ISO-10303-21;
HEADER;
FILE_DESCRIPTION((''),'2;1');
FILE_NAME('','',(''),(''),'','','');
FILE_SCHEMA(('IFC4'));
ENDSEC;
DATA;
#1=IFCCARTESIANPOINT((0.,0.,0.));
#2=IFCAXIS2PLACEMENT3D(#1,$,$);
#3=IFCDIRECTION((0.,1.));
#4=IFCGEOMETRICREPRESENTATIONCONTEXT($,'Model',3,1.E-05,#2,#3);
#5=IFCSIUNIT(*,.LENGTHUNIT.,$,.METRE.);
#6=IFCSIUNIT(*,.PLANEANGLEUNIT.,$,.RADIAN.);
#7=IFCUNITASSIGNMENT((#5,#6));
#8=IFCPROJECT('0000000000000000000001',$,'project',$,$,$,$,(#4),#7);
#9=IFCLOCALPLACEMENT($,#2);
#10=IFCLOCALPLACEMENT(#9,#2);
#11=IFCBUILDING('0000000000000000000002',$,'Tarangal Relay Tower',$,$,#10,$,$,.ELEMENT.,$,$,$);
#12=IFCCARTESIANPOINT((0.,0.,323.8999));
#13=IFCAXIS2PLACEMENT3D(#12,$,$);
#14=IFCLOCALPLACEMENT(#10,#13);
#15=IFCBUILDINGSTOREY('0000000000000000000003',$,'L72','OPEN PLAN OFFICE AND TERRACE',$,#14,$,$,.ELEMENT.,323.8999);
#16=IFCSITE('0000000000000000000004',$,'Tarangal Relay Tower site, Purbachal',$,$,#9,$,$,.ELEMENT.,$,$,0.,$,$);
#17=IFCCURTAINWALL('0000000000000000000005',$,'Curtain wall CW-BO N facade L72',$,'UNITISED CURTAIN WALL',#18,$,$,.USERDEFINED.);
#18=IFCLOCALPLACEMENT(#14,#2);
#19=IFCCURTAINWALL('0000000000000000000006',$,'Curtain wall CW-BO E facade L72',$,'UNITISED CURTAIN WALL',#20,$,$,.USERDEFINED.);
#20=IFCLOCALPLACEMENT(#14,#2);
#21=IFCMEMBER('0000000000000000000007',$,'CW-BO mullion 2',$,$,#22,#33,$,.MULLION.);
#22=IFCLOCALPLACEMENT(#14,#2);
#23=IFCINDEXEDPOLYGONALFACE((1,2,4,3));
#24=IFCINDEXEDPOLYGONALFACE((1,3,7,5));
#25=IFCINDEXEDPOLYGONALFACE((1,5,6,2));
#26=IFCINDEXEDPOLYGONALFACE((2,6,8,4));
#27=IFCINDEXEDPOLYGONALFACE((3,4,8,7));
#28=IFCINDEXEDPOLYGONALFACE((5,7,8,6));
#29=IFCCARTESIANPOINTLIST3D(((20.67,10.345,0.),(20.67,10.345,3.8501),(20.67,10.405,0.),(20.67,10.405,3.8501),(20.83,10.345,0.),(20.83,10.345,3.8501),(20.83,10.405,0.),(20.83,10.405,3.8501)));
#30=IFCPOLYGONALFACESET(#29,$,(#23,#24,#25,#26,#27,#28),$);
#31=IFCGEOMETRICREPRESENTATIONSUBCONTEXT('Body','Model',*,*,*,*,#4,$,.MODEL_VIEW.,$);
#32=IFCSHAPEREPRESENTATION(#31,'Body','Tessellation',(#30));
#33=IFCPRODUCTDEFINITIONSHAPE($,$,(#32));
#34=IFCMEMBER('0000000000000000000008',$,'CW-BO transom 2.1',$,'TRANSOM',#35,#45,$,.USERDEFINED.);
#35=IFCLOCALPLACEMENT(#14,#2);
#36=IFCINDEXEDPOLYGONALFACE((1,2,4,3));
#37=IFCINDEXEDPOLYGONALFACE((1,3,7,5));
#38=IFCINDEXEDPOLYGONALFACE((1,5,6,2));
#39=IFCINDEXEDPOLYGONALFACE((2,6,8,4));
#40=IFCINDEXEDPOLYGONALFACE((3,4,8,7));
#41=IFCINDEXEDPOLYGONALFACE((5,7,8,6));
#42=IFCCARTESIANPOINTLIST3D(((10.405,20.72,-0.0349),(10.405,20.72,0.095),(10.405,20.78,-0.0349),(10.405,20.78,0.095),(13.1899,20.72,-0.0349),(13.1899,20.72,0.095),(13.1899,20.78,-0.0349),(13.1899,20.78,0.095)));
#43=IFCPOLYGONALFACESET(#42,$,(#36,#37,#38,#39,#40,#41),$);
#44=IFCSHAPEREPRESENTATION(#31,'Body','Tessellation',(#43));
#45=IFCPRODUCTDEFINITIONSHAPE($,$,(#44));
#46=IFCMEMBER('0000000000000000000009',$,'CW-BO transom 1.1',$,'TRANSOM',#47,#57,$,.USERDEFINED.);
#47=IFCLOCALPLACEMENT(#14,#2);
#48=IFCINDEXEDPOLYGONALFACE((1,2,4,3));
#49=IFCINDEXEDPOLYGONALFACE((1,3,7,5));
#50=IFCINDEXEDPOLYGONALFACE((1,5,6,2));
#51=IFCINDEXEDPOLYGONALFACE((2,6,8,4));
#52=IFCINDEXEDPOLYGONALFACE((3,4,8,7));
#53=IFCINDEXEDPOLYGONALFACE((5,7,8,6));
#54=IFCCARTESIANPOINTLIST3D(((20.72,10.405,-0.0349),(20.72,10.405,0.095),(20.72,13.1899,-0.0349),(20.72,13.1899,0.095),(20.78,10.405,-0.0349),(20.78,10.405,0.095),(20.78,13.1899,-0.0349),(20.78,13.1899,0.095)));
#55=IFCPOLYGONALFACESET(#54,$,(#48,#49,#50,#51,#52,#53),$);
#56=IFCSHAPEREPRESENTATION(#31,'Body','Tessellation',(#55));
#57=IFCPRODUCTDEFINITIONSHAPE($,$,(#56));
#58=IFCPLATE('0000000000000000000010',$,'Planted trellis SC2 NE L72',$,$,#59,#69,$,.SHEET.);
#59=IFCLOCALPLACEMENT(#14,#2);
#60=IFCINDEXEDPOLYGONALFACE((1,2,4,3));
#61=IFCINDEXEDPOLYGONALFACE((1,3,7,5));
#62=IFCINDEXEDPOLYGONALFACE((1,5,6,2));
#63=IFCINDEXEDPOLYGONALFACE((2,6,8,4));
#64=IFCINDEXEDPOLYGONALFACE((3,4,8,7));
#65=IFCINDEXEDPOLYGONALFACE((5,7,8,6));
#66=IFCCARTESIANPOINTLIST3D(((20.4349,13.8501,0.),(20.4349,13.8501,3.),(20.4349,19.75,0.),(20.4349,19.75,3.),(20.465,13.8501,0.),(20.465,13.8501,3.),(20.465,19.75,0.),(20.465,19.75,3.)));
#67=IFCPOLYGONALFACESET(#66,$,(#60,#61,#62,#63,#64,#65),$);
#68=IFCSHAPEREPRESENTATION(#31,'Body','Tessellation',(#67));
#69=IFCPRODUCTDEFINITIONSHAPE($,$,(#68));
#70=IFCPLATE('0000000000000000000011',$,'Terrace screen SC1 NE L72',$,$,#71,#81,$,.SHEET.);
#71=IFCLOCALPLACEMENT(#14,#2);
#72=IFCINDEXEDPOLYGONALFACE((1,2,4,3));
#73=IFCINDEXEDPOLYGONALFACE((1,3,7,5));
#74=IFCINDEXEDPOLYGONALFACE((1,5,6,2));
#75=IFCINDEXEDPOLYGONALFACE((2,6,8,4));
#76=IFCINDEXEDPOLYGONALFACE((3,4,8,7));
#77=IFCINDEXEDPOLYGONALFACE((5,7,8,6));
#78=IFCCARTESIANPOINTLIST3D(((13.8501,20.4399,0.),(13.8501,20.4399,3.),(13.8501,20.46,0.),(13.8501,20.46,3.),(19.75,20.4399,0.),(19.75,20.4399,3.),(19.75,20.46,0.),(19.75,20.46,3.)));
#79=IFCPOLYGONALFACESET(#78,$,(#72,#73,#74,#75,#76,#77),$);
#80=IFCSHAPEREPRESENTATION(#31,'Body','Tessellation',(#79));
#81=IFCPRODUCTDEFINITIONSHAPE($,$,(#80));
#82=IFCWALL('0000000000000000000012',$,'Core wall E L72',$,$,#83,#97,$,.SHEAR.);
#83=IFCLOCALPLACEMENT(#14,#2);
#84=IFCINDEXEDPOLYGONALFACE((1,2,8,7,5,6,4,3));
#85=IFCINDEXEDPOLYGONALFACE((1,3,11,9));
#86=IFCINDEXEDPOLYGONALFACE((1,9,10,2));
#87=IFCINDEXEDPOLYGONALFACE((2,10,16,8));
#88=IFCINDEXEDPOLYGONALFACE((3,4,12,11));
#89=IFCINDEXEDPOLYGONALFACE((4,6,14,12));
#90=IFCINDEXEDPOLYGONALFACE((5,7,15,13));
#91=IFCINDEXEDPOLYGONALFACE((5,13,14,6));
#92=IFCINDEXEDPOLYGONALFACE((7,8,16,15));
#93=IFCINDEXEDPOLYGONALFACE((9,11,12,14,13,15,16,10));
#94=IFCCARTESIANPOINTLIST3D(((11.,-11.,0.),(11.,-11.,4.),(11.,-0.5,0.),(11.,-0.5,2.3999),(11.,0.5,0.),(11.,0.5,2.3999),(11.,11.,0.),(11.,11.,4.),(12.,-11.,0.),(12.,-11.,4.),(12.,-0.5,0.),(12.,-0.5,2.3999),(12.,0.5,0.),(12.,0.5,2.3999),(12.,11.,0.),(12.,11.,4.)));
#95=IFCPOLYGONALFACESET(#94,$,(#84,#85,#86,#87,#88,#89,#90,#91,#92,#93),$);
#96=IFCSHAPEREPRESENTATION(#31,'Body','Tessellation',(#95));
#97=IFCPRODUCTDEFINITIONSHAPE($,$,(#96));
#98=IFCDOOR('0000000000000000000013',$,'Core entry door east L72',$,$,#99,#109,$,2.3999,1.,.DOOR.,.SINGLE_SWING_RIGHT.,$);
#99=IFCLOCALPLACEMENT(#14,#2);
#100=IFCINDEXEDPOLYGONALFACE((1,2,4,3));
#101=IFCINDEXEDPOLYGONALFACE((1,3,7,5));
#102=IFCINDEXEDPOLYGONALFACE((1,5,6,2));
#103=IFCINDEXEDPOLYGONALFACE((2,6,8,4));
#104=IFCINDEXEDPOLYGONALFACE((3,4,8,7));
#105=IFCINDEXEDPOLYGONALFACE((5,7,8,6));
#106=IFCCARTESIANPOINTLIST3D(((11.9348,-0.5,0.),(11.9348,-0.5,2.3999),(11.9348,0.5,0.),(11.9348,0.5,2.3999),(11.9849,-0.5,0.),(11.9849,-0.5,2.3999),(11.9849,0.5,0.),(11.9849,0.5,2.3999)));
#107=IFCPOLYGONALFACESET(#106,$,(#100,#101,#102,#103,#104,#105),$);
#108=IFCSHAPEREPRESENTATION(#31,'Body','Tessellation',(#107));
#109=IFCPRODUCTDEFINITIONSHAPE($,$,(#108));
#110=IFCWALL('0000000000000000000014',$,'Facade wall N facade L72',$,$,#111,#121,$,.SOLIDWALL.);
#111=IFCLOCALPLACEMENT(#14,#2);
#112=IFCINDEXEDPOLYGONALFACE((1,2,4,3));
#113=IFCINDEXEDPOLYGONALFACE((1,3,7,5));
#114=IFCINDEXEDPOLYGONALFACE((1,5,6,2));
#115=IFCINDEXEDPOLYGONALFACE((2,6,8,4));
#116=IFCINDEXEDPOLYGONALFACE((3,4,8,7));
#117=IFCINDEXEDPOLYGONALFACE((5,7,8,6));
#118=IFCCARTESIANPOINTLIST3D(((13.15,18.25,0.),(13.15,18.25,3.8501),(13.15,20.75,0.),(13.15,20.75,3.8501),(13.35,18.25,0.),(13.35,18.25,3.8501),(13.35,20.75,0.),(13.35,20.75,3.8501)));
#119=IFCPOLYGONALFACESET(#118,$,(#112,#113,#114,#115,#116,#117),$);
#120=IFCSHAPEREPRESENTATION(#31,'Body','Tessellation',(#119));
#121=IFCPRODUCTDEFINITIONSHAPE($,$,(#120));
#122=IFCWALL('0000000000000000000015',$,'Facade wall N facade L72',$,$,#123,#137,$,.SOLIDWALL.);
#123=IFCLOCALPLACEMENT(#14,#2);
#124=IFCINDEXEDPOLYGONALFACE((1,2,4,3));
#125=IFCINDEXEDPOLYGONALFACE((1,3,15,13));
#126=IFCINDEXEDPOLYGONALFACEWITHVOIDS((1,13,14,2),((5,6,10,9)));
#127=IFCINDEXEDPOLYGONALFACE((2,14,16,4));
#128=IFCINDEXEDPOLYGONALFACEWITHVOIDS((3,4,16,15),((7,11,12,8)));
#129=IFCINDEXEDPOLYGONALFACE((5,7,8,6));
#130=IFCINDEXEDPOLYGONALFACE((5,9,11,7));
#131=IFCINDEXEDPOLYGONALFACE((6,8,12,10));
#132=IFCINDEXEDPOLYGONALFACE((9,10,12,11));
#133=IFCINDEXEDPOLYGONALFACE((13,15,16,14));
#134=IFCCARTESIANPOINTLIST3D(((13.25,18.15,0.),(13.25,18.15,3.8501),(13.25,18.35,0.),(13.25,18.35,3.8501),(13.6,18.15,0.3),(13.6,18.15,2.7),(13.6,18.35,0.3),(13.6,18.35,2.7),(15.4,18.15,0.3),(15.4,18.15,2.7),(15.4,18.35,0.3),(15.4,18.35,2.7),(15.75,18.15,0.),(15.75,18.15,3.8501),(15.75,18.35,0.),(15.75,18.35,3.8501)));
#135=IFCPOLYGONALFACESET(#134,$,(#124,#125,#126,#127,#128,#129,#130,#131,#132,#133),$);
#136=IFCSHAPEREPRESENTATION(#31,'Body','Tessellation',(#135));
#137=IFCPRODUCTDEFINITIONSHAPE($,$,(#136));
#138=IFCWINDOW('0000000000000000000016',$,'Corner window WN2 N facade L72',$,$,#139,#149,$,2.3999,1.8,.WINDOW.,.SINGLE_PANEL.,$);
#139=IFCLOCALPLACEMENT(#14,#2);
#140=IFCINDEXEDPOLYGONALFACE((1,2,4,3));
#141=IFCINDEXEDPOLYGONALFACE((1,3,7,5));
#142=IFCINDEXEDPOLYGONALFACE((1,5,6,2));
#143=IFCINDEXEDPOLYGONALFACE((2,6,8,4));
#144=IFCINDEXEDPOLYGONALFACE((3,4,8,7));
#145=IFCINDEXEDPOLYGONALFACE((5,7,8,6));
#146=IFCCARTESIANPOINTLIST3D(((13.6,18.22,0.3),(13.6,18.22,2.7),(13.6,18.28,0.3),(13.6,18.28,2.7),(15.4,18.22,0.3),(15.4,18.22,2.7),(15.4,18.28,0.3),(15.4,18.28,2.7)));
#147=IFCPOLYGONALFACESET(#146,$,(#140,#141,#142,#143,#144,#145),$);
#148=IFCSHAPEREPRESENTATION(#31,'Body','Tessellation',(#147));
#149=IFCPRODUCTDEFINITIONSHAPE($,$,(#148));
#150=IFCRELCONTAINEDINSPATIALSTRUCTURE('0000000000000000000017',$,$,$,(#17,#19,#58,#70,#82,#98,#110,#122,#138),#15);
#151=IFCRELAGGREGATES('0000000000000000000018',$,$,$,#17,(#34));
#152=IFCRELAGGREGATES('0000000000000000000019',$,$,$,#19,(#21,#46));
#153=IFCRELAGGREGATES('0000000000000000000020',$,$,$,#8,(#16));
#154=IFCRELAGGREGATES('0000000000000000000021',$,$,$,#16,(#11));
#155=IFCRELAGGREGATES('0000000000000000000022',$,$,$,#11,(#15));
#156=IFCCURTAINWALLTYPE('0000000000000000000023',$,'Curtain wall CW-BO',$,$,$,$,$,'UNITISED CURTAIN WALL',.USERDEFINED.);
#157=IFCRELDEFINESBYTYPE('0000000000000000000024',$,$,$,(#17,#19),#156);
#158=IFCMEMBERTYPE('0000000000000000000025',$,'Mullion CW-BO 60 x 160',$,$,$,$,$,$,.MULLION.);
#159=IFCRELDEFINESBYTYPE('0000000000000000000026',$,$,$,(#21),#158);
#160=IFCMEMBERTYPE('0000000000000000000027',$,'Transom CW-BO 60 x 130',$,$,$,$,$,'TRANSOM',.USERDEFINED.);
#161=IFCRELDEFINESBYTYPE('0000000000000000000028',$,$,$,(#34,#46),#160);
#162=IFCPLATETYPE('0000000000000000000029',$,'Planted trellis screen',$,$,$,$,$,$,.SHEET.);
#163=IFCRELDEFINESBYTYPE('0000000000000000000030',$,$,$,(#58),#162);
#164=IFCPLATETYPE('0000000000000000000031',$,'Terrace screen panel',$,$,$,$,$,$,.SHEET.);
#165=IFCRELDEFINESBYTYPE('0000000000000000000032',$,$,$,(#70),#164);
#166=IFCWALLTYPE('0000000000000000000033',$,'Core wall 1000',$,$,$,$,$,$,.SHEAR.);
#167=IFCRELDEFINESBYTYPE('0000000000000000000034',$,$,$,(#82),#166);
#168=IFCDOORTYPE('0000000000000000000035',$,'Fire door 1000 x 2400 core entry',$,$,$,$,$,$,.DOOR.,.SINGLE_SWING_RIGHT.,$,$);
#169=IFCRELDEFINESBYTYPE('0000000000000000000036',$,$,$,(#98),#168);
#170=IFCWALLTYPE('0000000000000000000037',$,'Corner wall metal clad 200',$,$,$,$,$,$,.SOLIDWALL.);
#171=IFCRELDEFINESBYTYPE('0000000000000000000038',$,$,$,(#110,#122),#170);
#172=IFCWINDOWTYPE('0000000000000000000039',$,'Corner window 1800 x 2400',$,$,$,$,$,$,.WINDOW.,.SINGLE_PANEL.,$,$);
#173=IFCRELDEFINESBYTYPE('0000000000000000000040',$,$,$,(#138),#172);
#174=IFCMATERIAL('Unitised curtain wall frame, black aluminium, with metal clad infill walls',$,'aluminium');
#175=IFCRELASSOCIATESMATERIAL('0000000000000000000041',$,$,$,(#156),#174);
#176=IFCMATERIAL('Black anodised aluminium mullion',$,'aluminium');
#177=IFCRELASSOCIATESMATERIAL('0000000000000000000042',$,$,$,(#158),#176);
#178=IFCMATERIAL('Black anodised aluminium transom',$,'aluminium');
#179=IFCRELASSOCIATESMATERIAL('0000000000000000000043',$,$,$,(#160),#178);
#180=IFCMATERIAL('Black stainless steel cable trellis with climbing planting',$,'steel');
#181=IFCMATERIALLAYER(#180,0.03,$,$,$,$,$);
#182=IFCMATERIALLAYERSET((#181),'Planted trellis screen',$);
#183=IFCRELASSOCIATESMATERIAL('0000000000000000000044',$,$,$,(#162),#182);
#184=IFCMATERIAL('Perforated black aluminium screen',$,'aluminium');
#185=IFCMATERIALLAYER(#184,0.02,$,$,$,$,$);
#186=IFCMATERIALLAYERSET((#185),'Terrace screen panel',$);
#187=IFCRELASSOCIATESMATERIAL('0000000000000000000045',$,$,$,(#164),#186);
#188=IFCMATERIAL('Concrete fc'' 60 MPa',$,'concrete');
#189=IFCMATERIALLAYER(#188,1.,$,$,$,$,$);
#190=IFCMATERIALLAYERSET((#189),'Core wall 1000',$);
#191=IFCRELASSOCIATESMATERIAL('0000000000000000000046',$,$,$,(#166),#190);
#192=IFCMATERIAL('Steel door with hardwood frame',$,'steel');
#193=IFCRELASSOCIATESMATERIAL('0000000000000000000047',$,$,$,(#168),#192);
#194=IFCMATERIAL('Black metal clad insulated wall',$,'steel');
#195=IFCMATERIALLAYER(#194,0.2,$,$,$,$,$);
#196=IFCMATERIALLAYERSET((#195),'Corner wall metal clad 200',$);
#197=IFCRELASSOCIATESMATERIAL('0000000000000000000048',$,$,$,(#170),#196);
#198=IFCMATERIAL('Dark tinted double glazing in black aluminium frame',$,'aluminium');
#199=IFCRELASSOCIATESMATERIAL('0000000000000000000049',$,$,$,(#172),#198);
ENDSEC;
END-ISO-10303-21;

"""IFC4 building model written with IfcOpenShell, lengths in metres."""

from ifc_helpers import new_model, si_unit, direction, frame, frame_2d, origin, origin_2d, place, context, subcontext, project, spatial, rectangle, extrude, material, layer, layer_set, material_profile, profile_set, type_object, element, fill, aggregate, save


model = new_model("IFC4")

# Units and contexts
model_context = context("Model", 3, precision=1e-05, world=origin(), true_north=direction((0.0, 1.0)))
body_context = subcontext(model_context, "Body", "Model", "MODEL_VIEW")
ifc_project = project(units=[si_unit("LENGTHUNIT", "METRE"), si_unit("PLANEANGLEUNIT", "RADIAN")], contexts=[model_context])

# Site, building, storey
site_placement = place(None, origin())
site = spatial("IfcSite", under=ifc_project, at=site_placement, Name="Tarangal Relay Tower site, Purbachal", CompositionType="ELEMENT", RefElevation=0.0)
building_placement = place(site_placement, origin())
building = spatial("IfcBuilding", under=site, at=building_placement, Name="Tarangal Relay Tower", CompositionType="ELEMENT")
storey_placement = place(building_placement, frame((0.0, 0.0, 323.8999)))
storey = spatial("IfcBuildingStorey", under=building, at=storey_placement, Name="L72", Description="OPEN PLAN OFFICE AND TERRACE", CompositionType="ELEMENT", Elevation=323.8999)

# Curtain wall
ifc_material_1 = material(Name="Unitised curtain wall frame, black aluminium, with metal clad infill walls", Category="aluminium")
curtain_wall_type = type_object("IfcCurtainWallType", Name="Curtain wall CW-BO", ElementType="UNITISED CURTAIN WALL", PredefinedType="USERDEFINED", material=ifc_material_1)
curtain_wall_1_placement = place(storey_placement, origin())
curtain_wall_1 = element("IfcCurtainWall", 1, at=curtain_wall_1_placement, inside=storey, type_object=curtain_wall_type, Name="Curtain wall CW-BO N facade L72", ObjectType="UNITISED CURTAIN WALL", PredefinedType="USERDEFINED")
ifc_material_2 = material(Name="Black anodised aluminium mullion", Category="aluminium")
ifc_material_profile_1 = material_profile(ifc_material_2, rectangle(XDim=0.1599, YDim=0.0601, at=origin_2d()), Name="CW-BOM 60X160")
ifc_profile_set_1 = profile_set([ifc_material_profile_1], Name="Black anodised aluminium mullion")
member_type_1 = type_object("IfcMemberType", Name="Mullion CW-BO 60 x 160", PredefinedType="MULLION", material=ifc_profile_set_1)

# Curtain wall, member
curtain_wall_2_placement = place(storey_placement, origin())
curtain_wall_2 = element("IfcCurtainWall", 2, at=curtain_wall_2_placement, inside=storey, type_object=curtain_wall_type, Name="Curtain wall CW-BO E facade L72", ObjectType="UNITISED CURTAIN WALL", PredefinedType="USERDEFINED")
member_1_placement = place(storey_placement, frame((20.75, 10.375, 0.0), z_axis=(0.0, 0.0, 1.0), x_axis=(1.0, 0.0, 0.0)))
member_1 = element("IfcMember", 3, at=member_1_placement, type_object=member_type_1, Name="CW-BO mullion 2", PredefinedType="MULLION", context=body_context, shape_type="SweptSolid", body=[
    extrude(rectangle(XDim=0.1599, YDim=0.0601, at=origin_2d()), origin(), (0.0, 0.0, 1.0), 3.8501),
])

# Members
ifc_material_3 = material(Name="Black anodised aluminium transom", Category="aluminium")
ifc_material_profile_2 = material_profile(ifc_material_3, rectangle(XDim=0.0601, YDim=0.1299, at=origin_2d()), Name="CW-BOT 60X130")
ifc_profile_set_2 = profile_set([ifc_material_profile_2], Name="Black anodised aluminium transom")
member_type_2 = type_object("IfcMemberType", Name="Transom CW-BO 60 x 130", ElementType="TRANSOM", PredefinedType="USERDEFINED", material=ifc_profile_set_2)
member_2_placement = place(storey_placement, frame((10.405, 20.75, 0.03), z_axis=(1.0, 0.0, 0.0), x_axis=(0.0, 1.0, 0.0)))
member_2 = element("IfcMember", 4, at=member_2_placement, type_object=member_type_2, Name="CW-BO transom 2.1", ObjectType="TRANSOM", PredefinedType="USERDEFINED", context=body_context, shape_type="SweptSolid", body=[
    extrude(rectangle(XDim=0.0601, YDim=0.1299, at=origin_2d()), origin(), (0.0, 0.0, 1.0), 2.7849),
])
aggregate(curtain_wall_1, [member_2])
member_3_placement = place(storey_placement, frame((20.75, 13.1899, 0.03), z_axis=(0.0, -1.0, 0.0), x_axis=(1.0, 0.0, 0.0)))
member_3 = element("IfcMember", 5, at=member_3_placement, type_object=member_type_2, Name="CW-BO transom 1.1", ObjectType="TRANSOM", PredefinedType="USERDEFINED", context=body_context, shape_type="SweptSolid", body=[
    extrude(rectangle(XDim=0.0601, YDim=0.1299, at=origin_2d()), origin(), (0.0, 0.0, 1.0), 2.7849),
])
aggregate(curtain_wall_2, [member_1, member_3])

# Plates
ifc_material_4 = material(Name="Black stainless steel cable trellis with climbing planting", Category="steel")
ifc_layer_1 = layer(ifc_material_4, 0.03)
ifc_layer_set_1 = layer_set([ifc_layer_1], Name="Planted trellis screen")
plate_type_1 = type_object("IfcPlateType", Name="Planted trellis screen", PredefinedType="SHEET", material=ifc_layer_set_1)
plate_1_placement = place(storey_placement, frame((20.45, 16.8, 0.0), z_axis=(0.0, 0.0, 1.0), x_axis=(0.0, -1.0, 0.0)))
element("IfcPlate", 6, at=plate_1_placement, inside=storey, type_object=plate_type_1, Name="Planted trellis SC2 NE L72", PredefinedType="SHEET", context=body_context, shape_type="SweptSolid", body=[
    extrude(rectangle(XDim=5.8999, YDim=0.03, at=origin_2d()), origin(), (0.0, 0.0, 1.0), 3.0),
])
ifc_material_5 = material(Name="Perforated black aluminium screen", Category="aluminium")
ifc_layer_2 = layer(ifc_material_5, 0.02)
ifc_layer_set_2 = layer_set([ifc_layer_2], Name="Terrace screen panel")
plate_type_2 = type_object("IfcPlateType", Name="Terrace screen panel", PredefinedType="SHEET", material=ifc_layer_set_2)
plate_2_placement = place(storey_placement, frame((16.8, 20.45, 0.0), z_axis=(0.0, 0.0, 1.0), x_axis=(1.0, 0.0, 0.0)))
element("IfcPlate", 7, at=plate_2_placement, inside=storey, type_object=plate_type_2, Name="Terrace screen SC1 NE L72", PredefinedType="SHEET", context=body_context, shape_type="SweptSolid", body=[
    extrude(rectangle(XDim=5.8999, YDim=0.02, at=origin_2d()), origin(), (0.0, 0.0, 1.0), 3.0),
])

# Wall, opening, door
ifc_material_6 = material(Name="Concrete fc' 60 MPa", Category="concrete")
ifc_layer_3 = layer(ifc_material_6, 1.0)
ifc_layer_set_3 = layer_set([ifc_layer_3], Name="Core wall 1000")
wall_type_1 = type_object("IfcWallType", Name="Core wall 1000", PredefinedType="SHEAR", material=ifc_layer_set_3)
wall_1_placement = place(storey_placement, frame((11.5, 11.0, 0.0), z_axis=(0.0, 0.0, 1.0), x_axis=(0.0, -1.0, 0.0)))
wall_1 = element("IfcWall", 8, at=wall_1_placement, inside=storey, type_object=wall_type_1, Name="Core wall E L72", PredefinedType="SHEAR", context=body_context, shape_type="SweptSolid", body=[
    extrude(rectangle(XDim=22.0, YDim=1.0, at=frame_2d((11.0, 0.0))), origin(), (0.0, 0.0, 1.0), 4.0),
])
opening_1_placement = place(wall_1_placement, frame((10.5, 0.0, 0.0)))
opening_1 = element("IfcOpeningElement", 9, at=opening_1_placement, cuts=wall_1, PredefinedType="OPENING", context=body_context, shape_type="SweptSolid", body=[
    extrude(rectangle(XDim=1.0, YDim=2.3999, at=frame_2d((0.5, 1.2))), frame((0.0, 0.51, 0.0), z_axis=(0.0, -1.0, 0.0), x_axis=(1.0, 0.0, 0.0)), (0.0, 0.0, 1.0), 1.02),
])
ifc_material_7 = material(Name="Steel door with hardwood frame", Category="steel")
door_type_1 = type_object("IfcDoorType", Name="Fire door 1000 x 2400 core entry", OperationType="SINGLE_SWING_RIGHT", PredefinedType="DOOR", material=ifc_material_7)
door_1_placement = place(opening_1_placement, origin())
door_1 = element("IfcDoor", 10, at=door_1_placement, inside=storey, type_object=door_type_1, Name="Core entry door east L72", OperationType="SINGLE_SWING_RIGHT", OverallHeight=2.3999, OverallWidth=1.0, PredefinedType="DOOR", context=body_context, shape_type="SweptSolid", body=[
    extrude(rectangle(XDim=1.0, YDim=2.3999, at=frame_2d((0.5, 1.2))), frame((0.0, 0.4849, 0.0), z_axis=(0.0, -1.0, 0.0), x_axis=(1.0, 0.0, 0.0)), (0.0, 0.0, 1.0), 0.05),
])
fill(opening_1, door_1)

# Wall
ifc_material_8 = material(Name="Black metal clad insulated wall", Category="steel")
ifc_layer_4 = layer(ifc_material_8, 0.2)
ifc_layer_set_4 = layer_set([ifc_layer_4], Name="Corner wall metal clad 200")
wall_type_2 = type_object("IfcWallType", Name="Corner wall metal clad 200", PredefinedType="SOLIDWALL", material=ifc_layer_set_4)
wall_2_placement = place(storey_placement, frame((13.25, 20.75, 0.0), z_axis=(0.0, 0.0, 1.0), x_axis=(0.0, -1.0, 0.0)))
element("IfcWall", 11, at=wall_2_placement, inside=storey, type_object=wall_type_2, Name="Facade wall N facade L72", PredefinedType="SOLIDWALL", context=body_context, shape_type="SweptSolid", body=[
    extrude(rectangle(XDim=2.5, YDim=0.2, at=frame_2d((1.25, 0.0))), origin(), (0.0, 0.0, 1.0), 3.8501),
])

# Wall, opening, window
wall_3_placement = place(storey_placement, frame((13.25, 18.25, 0.0), z_axis=(0.0, 0.0, 1.0), x_axis=(1.0, 0.0, 0.0)))
wall_3 = element("IfcWall", 12, at=wall_3_placement, inside=storey, type_object=wall_type_2, Name="Facade wall N facade L72", PredefinedType="SOLIDWALL", context=body_context, shape_type="SweptSolid", body=[
    extrude(rectangle(XDim=2.5, YDim=0.2, at=frame_2d((1.25, 0.0))), origin(), (0.0, 0.0, 1.0), 3.8501),
])
opening_2_placement = place(wall_3_placement, frame((0.3501, 0.0, 0.3)))
opening_2 = element("IfcOpeningElement", 13, at=opening_2_placement, cuts=wall_3, PredefinedType="OPENING", context=body_context, shape_type="SweptSolid", body=[
    extrude(rectangle(XDim=1.8, YDim=2.3999, at=frame_2d((0.8999, 1.2))), frame((0.0, 0.1099, 0.0), z_axis=(0.0, -1.0, 0.0), x_axis=(1.0, 0.0, 0.0)), (0.0, 0.0, 1.0), 0.22),
])
ifc_material_9 = material(Name="Dark tinted double glazing in black aluminium frame", Category="aluminium")
window_type = type_object("IfcWindowType", Name="Corner window 1800 x 2400", PartitioningType="SINGLE_PANEL", PredefinedType="WINDOW", material=ifc_material_9)
window_1_placement = place(opening_2_placement, origin())
window_1 = element("IfcWindow", 14, at=window_1_placement, inside=storey, type_object=window_type, Name="Corner window WN2 N facade L72", OverallHeight=2.3999, OverallWidth=1.8, PartitioningType="SINGLE_PANEL", PredefinedType="WINDOW", context=body_context, shape_type="SweptSolid", body=[
    extrude(rectangle(XDim=1.8, YDim=2.3999, at=frame_2d((0.8999, 1.2))), frame((0.0, 0.03, 0.0), z_axis=(0.0, -1.0, 0.0), x_axis=(1.0, 0.0, 0.0)), (0.0, 0.0, 1.0), 0.0601),
])
fill(opening_2, window_1)

save(model, "model.ifc")
